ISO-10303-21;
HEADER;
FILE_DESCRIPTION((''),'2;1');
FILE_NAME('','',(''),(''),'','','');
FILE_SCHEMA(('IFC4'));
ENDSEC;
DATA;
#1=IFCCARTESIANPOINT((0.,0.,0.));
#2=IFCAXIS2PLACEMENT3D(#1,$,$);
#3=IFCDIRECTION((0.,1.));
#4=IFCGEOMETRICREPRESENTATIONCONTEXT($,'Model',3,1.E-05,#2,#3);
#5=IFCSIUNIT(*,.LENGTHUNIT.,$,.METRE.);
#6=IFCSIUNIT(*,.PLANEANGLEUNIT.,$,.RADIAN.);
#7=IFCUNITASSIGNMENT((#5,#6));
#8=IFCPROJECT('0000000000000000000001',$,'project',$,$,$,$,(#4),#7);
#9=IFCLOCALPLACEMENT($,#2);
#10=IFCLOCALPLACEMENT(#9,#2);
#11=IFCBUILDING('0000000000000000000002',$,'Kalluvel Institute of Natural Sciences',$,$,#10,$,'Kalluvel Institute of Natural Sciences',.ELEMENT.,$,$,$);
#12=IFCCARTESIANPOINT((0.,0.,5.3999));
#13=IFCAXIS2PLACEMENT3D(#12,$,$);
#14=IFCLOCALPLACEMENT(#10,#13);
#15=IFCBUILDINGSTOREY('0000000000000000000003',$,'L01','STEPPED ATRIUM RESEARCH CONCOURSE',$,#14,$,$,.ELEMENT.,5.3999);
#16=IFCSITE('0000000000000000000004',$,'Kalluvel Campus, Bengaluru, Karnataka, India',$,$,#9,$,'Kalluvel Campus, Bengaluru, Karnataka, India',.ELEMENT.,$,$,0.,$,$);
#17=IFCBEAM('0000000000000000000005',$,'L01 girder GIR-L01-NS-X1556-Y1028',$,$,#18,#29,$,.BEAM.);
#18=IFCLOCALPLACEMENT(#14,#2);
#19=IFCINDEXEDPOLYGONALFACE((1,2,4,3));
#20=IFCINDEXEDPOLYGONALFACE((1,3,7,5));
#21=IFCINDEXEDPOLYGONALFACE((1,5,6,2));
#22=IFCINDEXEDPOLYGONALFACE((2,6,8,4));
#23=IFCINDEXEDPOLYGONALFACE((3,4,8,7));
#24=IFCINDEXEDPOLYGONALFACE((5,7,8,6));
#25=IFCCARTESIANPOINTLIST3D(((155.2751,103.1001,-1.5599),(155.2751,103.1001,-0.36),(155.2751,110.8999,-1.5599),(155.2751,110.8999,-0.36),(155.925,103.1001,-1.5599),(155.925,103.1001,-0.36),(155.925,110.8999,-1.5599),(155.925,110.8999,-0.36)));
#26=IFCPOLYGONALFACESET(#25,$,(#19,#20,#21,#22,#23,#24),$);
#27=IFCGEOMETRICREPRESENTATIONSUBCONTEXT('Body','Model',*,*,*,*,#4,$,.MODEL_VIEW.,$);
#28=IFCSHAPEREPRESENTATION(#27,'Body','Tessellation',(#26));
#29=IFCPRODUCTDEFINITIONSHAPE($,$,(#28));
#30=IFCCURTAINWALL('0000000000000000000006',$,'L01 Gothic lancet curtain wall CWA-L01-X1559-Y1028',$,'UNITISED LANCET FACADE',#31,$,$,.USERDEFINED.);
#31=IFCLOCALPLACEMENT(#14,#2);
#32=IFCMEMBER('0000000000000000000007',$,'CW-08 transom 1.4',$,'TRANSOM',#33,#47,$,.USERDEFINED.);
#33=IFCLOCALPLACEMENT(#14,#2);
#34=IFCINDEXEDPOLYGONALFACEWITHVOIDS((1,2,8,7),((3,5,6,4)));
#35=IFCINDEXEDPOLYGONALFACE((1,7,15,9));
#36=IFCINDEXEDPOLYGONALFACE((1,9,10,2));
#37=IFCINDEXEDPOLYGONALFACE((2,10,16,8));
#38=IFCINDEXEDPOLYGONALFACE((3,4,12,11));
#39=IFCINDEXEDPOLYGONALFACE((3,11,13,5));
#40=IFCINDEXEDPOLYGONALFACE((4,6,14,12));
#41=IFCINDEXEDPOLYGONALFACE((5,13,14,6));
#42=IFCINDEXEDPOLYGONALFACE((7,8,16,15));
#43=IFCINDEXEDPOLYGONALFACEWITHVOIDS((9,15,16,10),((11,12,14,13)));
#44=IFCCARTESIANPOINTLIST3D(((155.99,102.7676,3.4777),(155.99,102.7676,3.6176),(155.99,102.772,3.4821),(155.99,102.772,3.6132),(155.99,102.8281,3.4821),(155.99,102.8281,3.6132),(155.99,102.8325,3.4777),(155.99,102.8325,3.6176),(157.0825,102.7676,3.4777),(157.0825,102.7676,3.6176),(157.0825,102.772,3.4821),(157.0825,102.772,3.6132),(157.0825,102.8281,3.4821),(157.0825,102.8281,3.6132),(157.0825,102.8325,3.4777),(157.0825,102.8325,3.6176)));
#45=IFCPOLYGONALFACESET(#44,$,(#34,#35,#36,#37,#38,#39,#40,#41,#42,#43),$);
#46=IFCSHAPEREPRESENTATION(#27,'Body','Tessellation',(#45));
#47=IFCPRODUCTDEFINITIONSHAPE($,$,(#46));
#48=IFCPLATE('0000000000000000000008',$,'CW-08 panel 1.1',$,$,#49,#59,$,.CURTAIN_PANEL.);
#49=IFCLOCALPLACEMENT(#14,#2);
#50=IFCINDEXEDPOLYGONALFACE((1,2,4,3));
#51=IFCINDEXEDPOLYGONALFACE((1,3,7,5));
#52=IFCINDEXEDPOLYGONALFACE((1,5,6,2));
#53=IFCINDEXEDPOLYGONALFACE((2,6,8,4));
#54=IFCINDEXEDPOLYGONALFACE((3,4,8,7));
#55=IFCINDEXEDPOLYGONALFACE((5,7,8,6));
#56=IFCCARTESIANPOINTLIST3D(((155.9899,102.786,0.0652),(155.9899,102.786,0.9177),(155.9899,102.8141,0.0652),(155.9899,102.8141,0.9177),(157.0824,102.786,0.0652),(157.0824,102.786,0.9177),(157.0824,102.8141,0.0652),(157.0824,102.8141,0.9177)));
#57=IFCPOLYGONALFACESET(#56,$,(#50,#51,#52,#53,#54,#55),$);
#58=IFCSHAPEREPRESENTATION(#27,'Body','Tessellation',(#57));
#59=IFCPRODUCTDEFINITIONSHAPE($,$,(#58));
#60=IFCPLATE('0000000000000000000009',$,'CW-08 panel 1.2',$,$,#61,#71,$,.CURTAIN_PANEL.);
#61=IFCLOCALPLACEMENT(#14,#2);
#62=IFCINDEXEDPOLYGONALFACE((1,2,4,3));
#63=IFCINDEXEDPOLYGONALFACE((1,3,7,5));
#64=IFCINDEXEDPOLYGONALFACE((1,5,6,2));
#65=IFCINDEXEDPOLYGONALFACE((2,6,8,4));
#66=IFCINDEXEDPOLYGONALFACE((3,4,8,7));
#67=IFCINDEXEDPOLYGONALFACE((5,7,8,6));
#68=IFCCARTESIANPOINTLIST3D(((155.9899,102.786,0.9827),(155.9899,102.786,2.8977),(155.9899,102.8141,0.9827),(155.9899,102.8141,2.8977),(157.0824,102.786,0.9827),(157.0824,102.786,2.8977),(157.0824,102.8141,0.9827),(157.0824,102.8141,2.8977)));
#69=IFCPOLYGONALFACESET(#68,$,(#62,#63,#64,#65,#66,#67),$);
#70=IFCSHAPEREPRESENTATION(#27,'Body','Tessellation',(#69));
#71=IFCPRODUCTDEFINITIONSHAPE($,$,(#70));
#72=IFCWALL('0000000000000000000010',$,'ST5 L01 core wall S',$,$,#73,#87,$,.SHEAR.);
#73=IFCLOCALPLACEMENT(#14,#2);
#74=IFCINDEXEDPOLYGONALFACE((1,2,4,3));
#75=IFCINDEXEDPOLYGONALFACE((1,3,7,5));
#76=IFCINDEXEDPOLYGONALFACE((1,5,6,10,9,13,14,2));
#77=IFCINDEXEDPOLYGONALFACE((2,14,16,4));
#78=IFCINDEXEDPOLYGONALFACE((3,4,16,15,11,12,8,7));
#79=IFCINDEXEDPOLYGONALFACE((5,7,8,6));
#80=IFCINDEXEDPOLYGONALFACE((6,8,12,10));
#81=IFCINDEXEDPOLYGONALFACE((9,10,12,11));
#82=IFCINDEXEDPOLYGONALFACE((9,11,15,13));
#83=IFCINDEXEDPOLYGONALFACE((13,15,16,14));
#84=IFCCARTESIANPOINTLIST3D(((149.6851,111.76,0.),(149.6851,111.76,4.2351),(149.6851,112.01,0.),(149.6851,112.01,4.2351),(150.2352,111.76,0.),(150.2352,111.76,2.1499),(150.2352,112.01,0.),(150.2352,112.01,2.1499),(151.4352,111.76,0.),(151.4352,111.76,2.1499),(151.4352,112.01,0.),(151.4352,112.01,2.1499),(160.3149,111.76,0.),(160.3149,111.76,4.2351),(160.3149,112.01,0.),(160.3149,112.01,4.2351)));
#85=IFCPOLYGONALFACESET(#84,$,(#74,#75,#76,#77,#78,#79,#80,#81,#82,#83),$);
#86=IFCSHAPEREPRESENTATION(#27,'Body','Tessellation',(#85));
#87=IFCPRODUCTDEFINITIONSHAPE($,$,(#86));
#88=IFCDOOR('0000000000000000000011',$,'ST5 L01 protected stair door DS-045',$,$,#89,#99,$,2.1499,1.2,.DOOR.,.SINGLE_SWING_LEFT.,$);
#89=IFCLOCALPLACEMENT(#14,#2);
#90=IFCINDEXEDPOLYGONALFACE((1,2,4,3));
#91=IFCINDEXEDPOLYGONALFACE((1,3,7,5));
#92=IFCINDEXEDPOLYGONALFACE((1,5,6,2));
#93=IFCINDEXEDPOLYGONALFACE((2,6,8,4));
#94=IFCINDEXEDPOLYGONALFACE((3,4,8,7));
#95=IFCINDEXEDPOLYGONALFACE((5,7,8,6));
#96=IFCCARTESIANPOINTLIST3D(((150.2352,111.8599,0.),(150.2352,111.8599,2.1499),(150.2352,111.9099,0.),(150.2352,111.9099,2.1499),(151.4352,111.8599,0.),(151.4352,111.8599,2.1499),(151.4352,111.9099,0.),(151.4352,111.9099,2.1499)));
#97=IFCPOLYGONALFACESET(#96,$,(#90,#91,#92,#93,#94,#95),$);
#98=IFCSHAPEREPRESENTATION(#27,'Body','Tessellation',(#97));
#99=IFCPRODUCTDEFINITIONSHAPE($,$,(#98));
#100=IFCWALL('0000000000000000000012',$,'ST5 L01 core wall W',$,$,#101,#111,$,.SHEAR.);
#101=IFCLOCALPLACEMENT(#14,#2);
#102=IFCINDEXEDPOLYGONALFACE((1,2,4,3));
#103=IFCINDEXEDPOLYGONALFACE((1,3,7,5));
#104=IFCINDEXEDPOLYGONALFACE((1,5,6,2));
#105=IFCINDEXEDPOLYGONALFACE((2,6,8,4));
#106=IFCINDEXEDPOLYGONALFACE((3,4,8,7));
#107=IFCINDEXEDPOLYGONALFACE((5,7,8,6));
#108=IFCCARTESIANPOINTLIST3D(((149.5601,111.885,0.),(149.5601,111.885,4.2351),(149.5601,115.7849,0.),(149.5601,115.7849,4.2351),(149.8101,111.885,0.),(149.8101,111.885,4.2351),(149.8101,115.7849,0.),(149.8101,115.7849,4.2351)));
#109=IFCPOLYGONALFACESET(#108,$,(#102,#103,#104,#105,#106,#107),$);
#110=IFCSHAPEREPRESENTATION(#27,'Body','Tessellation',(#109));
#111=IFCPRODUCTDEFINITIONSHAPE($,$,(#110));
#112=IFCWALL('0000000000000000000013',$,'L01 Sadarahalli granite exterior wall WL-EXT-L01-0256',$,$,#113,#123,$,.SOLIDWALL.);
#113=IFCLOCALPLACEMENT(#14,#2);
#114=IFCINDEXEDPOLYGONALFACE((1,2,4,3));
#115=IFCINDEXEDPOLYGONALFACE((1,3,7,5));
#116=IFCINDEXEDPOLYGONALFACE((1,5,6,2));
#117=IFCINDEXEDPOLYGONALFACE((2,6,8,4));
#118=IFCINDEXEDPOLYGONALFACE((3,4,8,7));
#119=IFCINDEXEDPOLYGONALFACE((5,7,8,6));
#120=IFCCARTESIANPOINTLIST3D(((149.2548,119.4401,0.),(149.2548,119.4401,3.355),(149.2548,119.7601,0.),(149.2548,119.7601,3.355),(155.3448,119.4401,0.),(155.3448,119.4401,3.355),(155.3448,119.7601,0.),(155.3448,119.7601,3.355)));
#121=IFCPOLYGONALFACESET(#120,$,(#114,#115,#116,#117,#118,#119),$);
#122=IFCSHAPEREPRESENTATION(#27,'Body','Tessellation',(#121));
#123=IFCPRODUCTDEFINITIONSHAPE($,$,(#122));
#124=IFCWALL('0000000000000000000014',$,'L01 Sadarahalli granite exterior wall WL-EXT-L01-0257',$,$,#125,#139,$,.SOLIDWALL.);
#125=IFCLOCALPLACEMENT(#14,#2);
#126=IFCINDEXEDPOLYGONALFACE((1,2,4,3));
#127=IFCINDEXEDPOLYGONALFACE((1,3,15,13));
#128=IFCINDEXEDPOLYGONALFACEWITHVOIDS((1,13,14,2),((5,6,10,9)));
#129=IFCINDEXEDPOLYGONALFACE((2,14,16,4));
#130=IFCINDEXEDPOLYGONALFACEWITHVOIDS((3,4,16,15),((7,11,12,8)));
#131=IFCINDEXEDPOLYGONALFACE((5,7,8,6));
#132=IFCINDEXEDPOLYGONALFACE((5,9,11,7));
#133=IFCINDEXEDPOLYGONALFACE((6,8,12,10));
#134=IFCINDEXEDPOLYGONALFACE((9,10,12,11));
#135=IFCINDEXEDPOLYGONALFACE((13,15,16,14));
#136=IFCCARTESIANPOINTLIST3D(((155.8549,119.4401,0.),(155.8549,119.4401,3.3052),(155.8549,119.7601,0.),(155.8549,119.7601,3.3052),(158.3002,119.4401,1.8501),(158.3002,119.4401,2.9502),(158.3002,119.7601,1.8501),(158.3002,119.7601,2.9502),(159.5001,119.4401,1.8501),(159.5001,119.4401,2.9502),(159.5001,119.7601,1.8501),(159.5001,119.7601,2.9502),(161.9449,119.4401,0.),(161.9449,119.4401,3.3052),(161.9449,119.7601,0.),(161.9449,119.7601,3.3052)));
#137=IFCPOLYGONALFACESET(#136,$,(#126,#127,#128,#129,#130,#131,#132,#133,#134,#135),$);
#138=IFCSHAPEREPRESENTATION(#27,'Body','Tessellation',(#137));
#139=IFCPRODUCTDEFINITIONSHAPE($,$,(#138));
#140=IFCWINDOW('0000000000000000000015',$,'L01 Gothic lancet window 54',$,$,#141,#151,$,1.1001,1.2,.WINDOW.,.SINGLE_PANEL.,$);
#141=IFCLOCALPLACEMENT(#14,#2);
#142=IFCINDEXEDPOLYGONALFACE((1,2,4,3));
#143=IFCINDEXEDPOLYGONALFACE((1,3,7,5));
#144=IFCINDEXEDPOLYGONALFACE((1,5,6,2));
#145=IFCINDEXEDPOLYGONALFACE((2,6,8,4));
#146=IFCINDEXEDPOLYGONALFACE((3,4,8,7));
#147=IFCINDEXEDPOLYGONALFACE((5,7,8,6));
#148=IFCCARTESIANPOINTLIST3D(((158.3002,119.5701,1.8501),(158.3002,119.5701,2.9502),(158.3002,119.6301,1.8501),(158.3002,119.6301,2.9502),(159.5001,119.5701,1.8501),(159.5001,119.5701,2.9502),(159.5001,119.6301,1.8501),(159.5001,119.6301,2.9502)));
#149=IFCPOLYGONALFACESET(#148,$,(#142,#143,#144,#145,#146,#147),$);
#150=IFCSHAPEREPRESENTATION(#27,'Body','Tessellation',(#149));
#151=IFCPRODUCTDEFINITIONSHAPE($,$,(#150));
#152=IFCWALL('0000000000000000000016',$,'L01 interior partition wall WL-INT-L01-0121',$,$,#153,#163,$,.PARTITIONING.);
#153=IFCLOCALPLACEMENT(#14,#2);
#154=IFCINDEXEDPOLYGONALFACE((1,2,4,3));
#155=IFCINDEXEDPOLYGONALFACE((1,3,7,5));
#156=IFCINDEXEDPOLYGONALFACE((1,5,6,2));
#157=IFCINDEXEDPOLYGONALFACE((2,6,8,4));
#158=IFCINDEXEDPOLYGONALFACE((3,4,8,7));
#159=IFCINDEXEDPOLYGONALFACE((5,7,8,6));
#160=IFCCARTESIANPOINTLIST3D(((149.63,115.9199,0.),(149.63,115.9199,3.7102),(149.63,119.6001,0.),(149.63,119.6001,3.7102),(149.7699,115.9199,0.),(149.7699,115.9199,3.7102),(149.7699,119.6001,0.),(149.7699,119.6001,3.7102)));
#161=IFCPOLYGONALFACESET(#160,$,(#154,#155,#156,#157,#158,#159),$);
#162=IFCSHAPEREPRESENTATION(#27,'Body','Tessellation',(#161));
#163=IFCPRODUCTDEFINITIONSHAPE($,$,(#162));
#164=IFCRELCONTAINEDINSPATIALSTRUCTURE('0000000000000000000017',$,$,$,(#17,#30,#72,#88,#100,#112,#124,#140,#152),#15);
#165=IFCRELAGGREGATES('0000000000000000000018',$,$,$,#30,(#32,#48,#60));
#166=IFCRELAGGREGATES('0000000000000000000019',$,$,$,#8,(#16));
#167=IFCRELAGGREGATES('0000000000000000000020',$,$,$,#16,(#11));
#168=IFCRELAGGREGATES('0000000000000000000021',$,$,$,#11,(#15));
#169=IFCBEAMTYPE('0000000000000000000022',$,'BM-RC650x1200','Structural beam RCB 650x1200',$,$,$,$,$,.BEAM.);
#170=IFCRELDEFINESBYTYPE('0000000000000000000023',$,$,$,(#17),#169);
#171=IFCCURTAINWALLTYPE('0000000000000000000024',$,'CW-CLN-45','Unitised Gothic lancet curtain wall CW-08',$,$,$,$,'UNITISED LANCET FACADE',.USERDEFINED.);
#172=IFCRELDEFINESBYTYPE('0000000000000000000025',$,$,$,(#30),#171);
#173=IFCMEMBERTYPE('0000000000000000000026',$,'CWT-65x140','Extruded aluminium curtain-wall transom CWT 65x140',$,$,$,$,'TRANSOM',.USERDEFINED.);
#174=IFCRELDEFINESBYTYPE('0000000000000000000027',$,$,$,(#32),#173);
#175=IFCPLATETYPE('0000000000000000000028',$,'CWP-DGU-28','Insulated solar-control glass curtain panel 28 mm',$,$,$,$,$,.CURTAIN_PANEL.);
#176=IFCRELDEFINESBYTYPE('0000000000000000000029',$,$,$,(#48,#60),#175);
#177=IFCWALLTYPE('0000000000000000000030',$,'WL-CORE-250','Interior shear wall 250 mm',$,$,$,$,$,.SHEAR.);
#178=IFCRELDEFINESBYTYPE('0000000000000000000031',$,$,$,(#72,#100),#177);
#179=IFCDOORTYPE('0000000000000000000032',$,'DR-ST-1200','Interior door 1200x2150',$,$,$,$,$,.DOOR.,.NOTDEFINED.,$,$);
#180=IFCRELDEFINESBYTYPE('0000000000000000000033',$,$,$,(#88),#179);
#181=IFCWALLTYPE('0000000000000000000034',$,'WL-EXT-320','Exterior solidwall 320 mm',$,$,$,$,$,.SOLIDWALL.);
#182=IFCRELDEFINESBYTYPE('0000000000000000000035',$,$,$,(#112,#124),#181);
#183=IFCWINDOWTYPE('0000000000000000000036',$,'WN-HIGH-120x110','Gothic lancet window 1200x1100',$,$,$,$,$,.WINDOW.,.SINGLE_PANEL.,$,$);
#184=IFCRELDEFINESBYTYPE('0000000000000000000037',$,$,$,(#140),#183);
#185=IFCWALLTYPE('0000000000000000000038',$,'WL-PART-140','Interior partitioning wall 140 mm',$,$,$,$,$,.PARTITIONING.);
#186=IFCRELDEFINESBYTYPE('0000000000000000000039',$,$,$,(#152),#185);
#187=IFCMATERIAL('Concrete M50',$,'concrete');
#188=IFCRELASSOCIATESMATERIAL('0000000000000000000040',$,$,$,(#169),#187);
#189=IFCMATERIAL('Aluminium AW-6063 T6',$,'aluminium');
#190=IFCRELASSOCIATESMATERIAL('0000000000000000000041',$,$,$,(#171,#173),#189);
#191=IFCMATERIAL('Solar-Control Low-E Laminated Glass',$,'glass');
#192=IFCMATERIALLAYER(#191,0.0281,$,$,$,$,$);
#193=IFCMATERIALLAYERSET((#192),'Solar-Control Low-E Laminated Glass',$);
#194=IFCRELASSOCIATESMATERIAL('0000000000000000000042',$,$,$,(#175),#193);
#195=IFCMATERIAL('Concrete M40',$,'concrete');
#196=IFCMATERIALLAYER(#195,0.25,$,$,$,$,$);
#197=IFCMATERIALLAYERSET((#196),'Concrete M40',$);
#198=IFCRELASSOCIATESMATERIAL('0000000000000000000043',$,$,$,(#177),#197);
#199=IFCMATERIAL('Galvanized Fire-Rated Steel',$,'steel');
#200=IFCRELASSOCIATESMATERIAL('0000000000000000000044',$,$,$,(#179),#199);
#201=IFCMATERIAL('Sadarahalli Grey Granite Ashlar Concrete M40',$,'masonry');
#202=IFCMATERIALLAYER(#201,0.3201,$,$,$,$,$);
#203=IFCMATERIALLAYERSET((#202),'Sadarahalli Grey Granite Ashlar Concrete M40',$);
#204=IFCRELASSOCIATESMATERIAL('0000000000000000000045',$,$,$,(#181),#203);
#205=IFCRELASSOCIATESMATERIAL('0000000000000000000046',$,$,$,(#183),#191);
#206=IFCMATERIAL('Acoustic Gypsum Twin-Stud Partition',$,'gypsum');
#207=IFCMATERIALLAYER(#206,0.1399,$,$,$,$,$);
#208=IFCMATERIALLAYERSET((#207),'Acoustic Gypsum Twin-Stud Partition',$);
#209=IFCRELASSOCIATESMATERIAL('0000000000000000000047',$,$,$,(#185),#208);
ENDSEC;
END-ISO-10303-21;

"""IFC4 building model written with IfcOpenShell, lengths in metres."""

from ifc_helpers import new_model, si_unit, direction, frame, frame_2d, origin, origin_2d, place, context, subcontext, project, spatial, rectangle, hollow_rectangle, extrude, material, layer, layer_set, material_profile, profile_set, type_object, element, fill, aggregate, save


model = new_model("IFC4")

# Units and contexts
model_context = context("Model", 3, precision=1e-05, world=origin(), true_north=direction((0.0, 1.0)))
body_context = subcontext(model_context, "Body", "Model", "MODEL_VIEW")
ifc_project = project(units=[si_unit("LENGTHUNIT", "METRE"), si_unit("PLANEANGLEUNIT", "RADIAN")], contexts=[model_context])

# Site, building, storey
site_placement = place(None, origin())
site = spatial("IfcSite", under=ifc_project, at=site_placement, Name="Kalluvel Campus, Bengaluru, Karnataka, India", LongName="Kalluvel Campus, Bengaluru, Karnataka, India", CompositionType="ELEMENT", RefElevation=0.0)
building_placement = place(site_placement, origin())
building = spatial("IfcBuilding", under=site, at=building_placement, Name="Kalluvel Institute of Natural Sciences", LongName="Kalluvel Institute of Natural Sciences", CompositionType="ELEMENT")
storey_placement = place(building_placement, frame((0.0, 0.0, 5.3999)))
storey = spatial("IfcBuildingStorey", under=building, at=storey_placement, Name="L01", Description="STEPPED ATRIUM RESEARCH CONCOURSE", CompositionType="ELEMENT", Elevation=5.3999)

# Shared definitions
ifc_material_1 = material(Name="Concrete M40", Category="concrete")

# Beam
ifc_material_2 = material(Name="Concrete M50", Category="concrete")
ifc_material_profile_1 = material_profile(ifc_material_2, rectangle(XDim=0.6499, YDim=1.2, at=origin_2d()), Name="RCB 650x1200")
ifc_profile_set_1 = profile_set([ifc_material_profile_1], Name="Concrete M50")
beam_type_1 = type_object("IfcBeamType", Name="BM-RC650x1200", Description="Structural beam RCB 650x1200", PredefinedType="BEAM", material=ifc_profile_set_1)
beam_1_placement = place(storey_placement, frame((155.6001, 103.1001, -0.96), z_axis=(0.0, 1.0, 0.0), x_axis=(-1.0, 0.0, 0.0)))
element("IfcBeam", 1, at=beam_1_placement, inside=storey, type_object=beam_type_1, Name="L01 girder GIR-L01-NS-X1556-Y1028", PredefinedType="BEAM", context=body_context, shape_type="SweptSolid", body=[
    extrude(rectangle(XDim=0.6499, YDim=1.2, at=origin_2d()), origin(), (0.0, 0.0, 1.0), 7.7998),
])

# Curtain wall, member, plates
ifc_material_3 = material(Name="Aluminium AW-6063 T6", Category="aluminium")
curtain_wall_type = type_object("IfcCurtainWallType", Name="CW-CLN-45", Description="Unitised Gothic lancet curtain wall CW-08", ElementType="UNITISED LANCET FACADE", PredefinedType="USERDEFINED", material=ifc_material_3)
curtain_wall_placement = place(storey_placement, origin())
curtain_wall = element("IfcCurtainWall", 2, at=curtain_wall_placement, inside=storey, type_object=curtain_wall_type, Name="L01 Gothic lancet curtain wall CWA-L01-X1559-Y1028", ObjectType="UNITISED LANCET FACADE", PredefinedType="USERDEFINED")
ifc_material_profile_2 = material_profile(ifc_material_3, hollow_rectangle(XDim=0.0649, YDim=0.1399, WallThickness=0.0044, at=origin_2d()), Name="CWT 65x140")
ifc_profile_set_2 = profile_set([ifc_material_profile_2], Name="Aluminium AW-6063 T6")
member_type = type_object("IfcMemberType", Name="CWT-65x140", Description="Extruded aluminium curtain-wall transom CWT 65x140", ElementType="TRANSOM", PredefinedType="USERDEFINED", material=ifc_profile_set_2)
member_placement = place(storey_placement, frame((155.99, 102.8, 3.5476), z_axis=(1.0, 0.0, 0.0), x_axis=(0.0, 1.0, 0.0)))
member = element("IfcMember", 3, at=member_placement, type_object=member_type, Name="CW-08 transom 1.4", ObjectType="TRANSOM", PredefinedType="USERDEFINED", context=body_context, shape_type="SweptSolid", body=[
    extrude(hollow_rectangle(XDim=0.0649, YDim=0.1399, WallThickness=0.0044, at=origin_2d()), origin(), (0.0, 0.0, 1.0), 1.0925),
])
ifc_material_4 = material(Name="Solar-Control Low-E Laminated Glass", Category="glass")
ifc_layer_1 = layer(ifc_material_4, 0.0281)
ifc_layer_set_1 = layer_set([ifc_layer_1], Name="Solar-Control Low-E Laminated Glass")
plate_type = type_object("IfcPlateType", Name="CWP-DGU-28", Description="Insulated solar-control glass curtain panel 28 mm", PredefinedType="CURTAIN_PANEL", material=ifc_layer_set_1)
plate_1_placement = place(storey_placement, frame((156.5361, 102.8, 0.0652), z_axis=(0.0, 0.0, 1.0), x_axis=(1.0, 0.0, 0.0)))
plate_1 = element("IfcPlate", 4, at=plate_1_placement, type_object=plate_type, Name="CW-08 panel 1.1", PredefinedType="CURTAIN_PANEL", context=body_context, shape_type="SweptSolid", body=[
    extrude(rectangle(XDim=1.0925, YDim=0.0281, at=origin_2d()), origin(), (0.0, 0.0, 1.0), 0.8525),
])
plate_2_placement = place(storey_placement, frame((156.5361, 102.8, 0.9827), z_axis=(0.0, 0.0, 1.0), x_axis=(1.0, 0.0, 0.0)))
plate_2 = element("IfcPlate", 5, at=plate_2_placement, type_object=plate_type, Name="CW-08 panel 1.2", PredefinedType="CURTAIN_PANEL", context=body_context, shape_type="SweptSolid", body=[
    extrude(rectangle(XDim=1.0925, YDim=0.0281, at=origin_2d()), origin(), (0.0, 0.0, 1.0), 1.915),
])
aggregate(curtain_wall, [member, plate_1, plate_2])

# Wall, opening, door
ifc_layer_2 = layer(ifc_material_1, 0.25)
ifc_layer_set_2 = layer_set([ifc_layer_2], Name="Concrete M40")
wall_type_1 = type_object("IfcWallType", Name="WL-CORE-250", Description="Interior shear wall 250 mm", PredefinedType="SHEAR", material=ifc_layer_set_2)
wall_1_placement = place(storey_placement, frame((149.6851, 111.885, 0.0), z_axis=(0.0, 0.0, 1.0), x_axis=(1.0, 0.0, 0.0)))
wall_1 = element("IfcWall", 6, at=wall_1_placement, inside=storey, type_object=wall_type_1, Name="ST5 L01 core wall S", PredefinedType="SHEAR", context=body_context, shape_type="SweptSolid", body=[
    extrude(rectangle(XDim=10.6299, YDim=0.25, at=frame_2d((5.3149, 0.0))), origin(), (0.0, 0.0, 1.0), 4.2351),
])
opening_1_placement = place(wall_1_placement, frame((0.55, 0.0, 0.0)))
opening_1 = element("IfcOpeningElement", 7, at=opening_1_placement, cuts=wall_1, PredefinedType="OPENING", context=body_context, shape_type="SweptSolid", body=[
    extrude(rectangle(XDim=1.2, YDim=2.1499, at=frame_2d((0.6001, 1.075))), frame((0.0, 0.135, 0.0), z_axis=(0.0, -1.0, 0.0), x_axis=(1.0, 0.0, 0.0)), (0.0, 0.0, 1.0), 0.27),
])
ifc_material_5 = material(Name="Galvanized Fire-Rated Steel", Category="steel")
door_type = type_object("IfcDoorType", Name="DR-ST-1200", Description="Interior door 1200x2150", OperationType="NOTDEFINED", PredefinedType="DOOR", material=ifc_material_5)
door_placement = place(opening_1_placement, origin())
door = element("IfcDoor", 8, at=door_placement, inside=storey, type_object=door_type, Name="ST5 L01 protected stair door DS-045", OperationType="SINGLE_SWING_LEFT", OverallHeight=2.1499, OverallWidth=1.2, PredefinedType="DOOR", context=body_context, shape_type="SweptSolid", body=[
    extrude(rectangle(XDim=1.2, YDim=2.1499, at=frame_2d((0.6001, 1.075))), frame((0.0, 0.0249, 0.0), z_axis=(0.0, -1.0, 0.0), x_axis=(1.0, 0.0, 0.0)), (0.0, 0.0, 1.0), 0.05),
])
fill(opening_1, door)

# Walls
wall_2_placement = place(storey_placement, frame((149.6851, 115.7849, 0.0), z_axis=(0.0, 0.0, 1.0), x_axis=(0.0, -1.0, 0.0)))
element("IfcWall", 9, at=wall_2_placement, inside=storey, type_object=wall_type_1, Name="ST5 L01 core wall W", PredefinedType="SHEAR", context=body_context, shape_type="SweptSolid", body=[
    extrude(rectangle(XDim=3.8999, YDim=0.25, at=frame_2d((1.95, 0.0))), origin(), (0.0, 0.0, 1.0), 4.2351),
])
ifc_material_6 = material(Name="Sadarahalli Grey Granite Ashlar Concrete M40", Category="masonry")
ifc_layer_3 = layer(ifc_material_6, 0.3201)
ifc_layer_set_3 = layer_set([ifc_layer_3], Name="Sadarahalli Grey Granite Ashlar Concrete M40")
wall_type_2 = type_object("IfcWallType", Name="WL-EXT-320", Description="Exterior solidwall 320 mm", PredefinedType="SOLIDWALL", material=ifc_layer_set_3)
wall_3_placement = place(storey_placement, frame((149.2549, 119.6001, 0.0), z_axis=(0.0, 0.0, 1.0), x_axis=(1.0, 0.0, 0.0)))
element("IfcWall", 10, at=wall_3_placement, inside=storey, type_object=wall_type_2, Name="L01 Sadarahalli granite exterior wall WL-EXT-L01-0256", PredefinedType="SOLIDWALL", context=body_context, shape_type="SweptSolid", body=[
    extrude(rectangle(XDim=6.0901, YDim=0.3201, at=frame_2d((3.0449, 0.0))), origin(), (0.0, 0.0, 1.0), 3.355),
])

# Wall, opening, window
wall_4_placement = place(storey_placement, frame((155.855, 119.6001, 0.0), z_axis=(0.0, 0.0, 1.0), x_axis=(1.0, 0.0, 0.0)))
wall_4 = element("IfcWall", 11, at=wall_4_placement, inside=storey, type_object=wall_type_2, Name="L01 Sadarahalli granite exterior wall WL-EXT-L01-0257", PredefinedType="SOLIDWALL", context=body_context, shape_type="SweptSolid", body=[
    extrude(rectangle(XDim=6.0901, YDim=0.3201, at=frame_2d((3.0449, 0.0))), origin(), (0.0, 0.0, 1.0), 3.3052),
])
opening_2_placement = place(wall_4_placement, frame((2.4451, 0.0, 1.8501)))
opening_2 = element("IfcOpeningElement", 12, at=opening_2_placement, cuts=wall_4, PredefinedType="OPENING", context=body_context, shape_type="SweptSolid", body=[
    extrude(rectangle(XDim=1.2, YDim=1.1001, at=frame_2d((0.6001, 0.55))), frame((0.0, 0.1699, 0.0), z_axis=(0.0, -1.0, 0.0), x_axis=(1.0, 0.0, 0.0)), (0.0, 0.0, 1.0), 0.3401),
])
window_type = type_object("IfcWindowType", Name="WN-HIGH-120x110", Description="Gothic lancet window 1200x1100", PartitioningType="SINGLE_PANEL", PredefinedType="WINDOW", material=ifc_material_4)
window_placement = place(opening_2_placement, origin())
window = element("IfcWindow", 13, at=window_placement, inside=storey, type_object=window_type, Name="L01 Gothic lancet window 54", OverallHeight=1.1001, OverallWidth=1.2, PartitioningType="SINGLE_PANEL", PredefinedType="WINDOW", context=body_context, shape_type="SweptSolid", body=[
    extrude(rectangle(XDim=1.2, YDim=1.1001, at=frame_2d((0.6001, 0.55))), frame((0.0, 0.03, 0.0), z_axis=(0.0, -1.0, 0.0), x_axis=(1.0, 0.0, 0.0)), (0.0, 0.0, 1.0), 0.0601),
])
fill(opening_2, window)

# Wall
ifc_material_7 = material(Name="Acoustic Gypsum Twin-Stud Partition", Category="gypsum")
ifc_layer_4 = layer(ifc_material_7, 0.1399)
ifc_layer_set_4 = layer_set([ifc_layer_4], Name="Acoustic Gypsum Twin-Stud Partition")
wall_type_3 = type_object("IfcWallType", Name="WL-PART-140", Description="Interior partitioning wall 140 mm", PredefinedType="PARTITIONING", material=ifc_layer_set_4)
wall_5_placement = place(storey_placement, frame((149.7, 115.9199, 0.0), z_axis=(0.0, 0.0, 1.0), x_axis=(0.0, 1.0, 0.0)))
element("IfcWall", 14, at=wall_5_placement, inside=storey, type_object=wall_type_3, Name="L01 interior partition wall WL-INT-L01-0121", PredefinedType="PARTITIONING", context=body_context, shape_type="SweptSolid", body=[
    extrude(rectangle(XDim=3.6802, YDim=0.1399, at=frame_2d((1.8401, 0.0))), origin(), (0.0, 0.0, 1.0), 3.7102),
])

save(model, "model.ifc")
